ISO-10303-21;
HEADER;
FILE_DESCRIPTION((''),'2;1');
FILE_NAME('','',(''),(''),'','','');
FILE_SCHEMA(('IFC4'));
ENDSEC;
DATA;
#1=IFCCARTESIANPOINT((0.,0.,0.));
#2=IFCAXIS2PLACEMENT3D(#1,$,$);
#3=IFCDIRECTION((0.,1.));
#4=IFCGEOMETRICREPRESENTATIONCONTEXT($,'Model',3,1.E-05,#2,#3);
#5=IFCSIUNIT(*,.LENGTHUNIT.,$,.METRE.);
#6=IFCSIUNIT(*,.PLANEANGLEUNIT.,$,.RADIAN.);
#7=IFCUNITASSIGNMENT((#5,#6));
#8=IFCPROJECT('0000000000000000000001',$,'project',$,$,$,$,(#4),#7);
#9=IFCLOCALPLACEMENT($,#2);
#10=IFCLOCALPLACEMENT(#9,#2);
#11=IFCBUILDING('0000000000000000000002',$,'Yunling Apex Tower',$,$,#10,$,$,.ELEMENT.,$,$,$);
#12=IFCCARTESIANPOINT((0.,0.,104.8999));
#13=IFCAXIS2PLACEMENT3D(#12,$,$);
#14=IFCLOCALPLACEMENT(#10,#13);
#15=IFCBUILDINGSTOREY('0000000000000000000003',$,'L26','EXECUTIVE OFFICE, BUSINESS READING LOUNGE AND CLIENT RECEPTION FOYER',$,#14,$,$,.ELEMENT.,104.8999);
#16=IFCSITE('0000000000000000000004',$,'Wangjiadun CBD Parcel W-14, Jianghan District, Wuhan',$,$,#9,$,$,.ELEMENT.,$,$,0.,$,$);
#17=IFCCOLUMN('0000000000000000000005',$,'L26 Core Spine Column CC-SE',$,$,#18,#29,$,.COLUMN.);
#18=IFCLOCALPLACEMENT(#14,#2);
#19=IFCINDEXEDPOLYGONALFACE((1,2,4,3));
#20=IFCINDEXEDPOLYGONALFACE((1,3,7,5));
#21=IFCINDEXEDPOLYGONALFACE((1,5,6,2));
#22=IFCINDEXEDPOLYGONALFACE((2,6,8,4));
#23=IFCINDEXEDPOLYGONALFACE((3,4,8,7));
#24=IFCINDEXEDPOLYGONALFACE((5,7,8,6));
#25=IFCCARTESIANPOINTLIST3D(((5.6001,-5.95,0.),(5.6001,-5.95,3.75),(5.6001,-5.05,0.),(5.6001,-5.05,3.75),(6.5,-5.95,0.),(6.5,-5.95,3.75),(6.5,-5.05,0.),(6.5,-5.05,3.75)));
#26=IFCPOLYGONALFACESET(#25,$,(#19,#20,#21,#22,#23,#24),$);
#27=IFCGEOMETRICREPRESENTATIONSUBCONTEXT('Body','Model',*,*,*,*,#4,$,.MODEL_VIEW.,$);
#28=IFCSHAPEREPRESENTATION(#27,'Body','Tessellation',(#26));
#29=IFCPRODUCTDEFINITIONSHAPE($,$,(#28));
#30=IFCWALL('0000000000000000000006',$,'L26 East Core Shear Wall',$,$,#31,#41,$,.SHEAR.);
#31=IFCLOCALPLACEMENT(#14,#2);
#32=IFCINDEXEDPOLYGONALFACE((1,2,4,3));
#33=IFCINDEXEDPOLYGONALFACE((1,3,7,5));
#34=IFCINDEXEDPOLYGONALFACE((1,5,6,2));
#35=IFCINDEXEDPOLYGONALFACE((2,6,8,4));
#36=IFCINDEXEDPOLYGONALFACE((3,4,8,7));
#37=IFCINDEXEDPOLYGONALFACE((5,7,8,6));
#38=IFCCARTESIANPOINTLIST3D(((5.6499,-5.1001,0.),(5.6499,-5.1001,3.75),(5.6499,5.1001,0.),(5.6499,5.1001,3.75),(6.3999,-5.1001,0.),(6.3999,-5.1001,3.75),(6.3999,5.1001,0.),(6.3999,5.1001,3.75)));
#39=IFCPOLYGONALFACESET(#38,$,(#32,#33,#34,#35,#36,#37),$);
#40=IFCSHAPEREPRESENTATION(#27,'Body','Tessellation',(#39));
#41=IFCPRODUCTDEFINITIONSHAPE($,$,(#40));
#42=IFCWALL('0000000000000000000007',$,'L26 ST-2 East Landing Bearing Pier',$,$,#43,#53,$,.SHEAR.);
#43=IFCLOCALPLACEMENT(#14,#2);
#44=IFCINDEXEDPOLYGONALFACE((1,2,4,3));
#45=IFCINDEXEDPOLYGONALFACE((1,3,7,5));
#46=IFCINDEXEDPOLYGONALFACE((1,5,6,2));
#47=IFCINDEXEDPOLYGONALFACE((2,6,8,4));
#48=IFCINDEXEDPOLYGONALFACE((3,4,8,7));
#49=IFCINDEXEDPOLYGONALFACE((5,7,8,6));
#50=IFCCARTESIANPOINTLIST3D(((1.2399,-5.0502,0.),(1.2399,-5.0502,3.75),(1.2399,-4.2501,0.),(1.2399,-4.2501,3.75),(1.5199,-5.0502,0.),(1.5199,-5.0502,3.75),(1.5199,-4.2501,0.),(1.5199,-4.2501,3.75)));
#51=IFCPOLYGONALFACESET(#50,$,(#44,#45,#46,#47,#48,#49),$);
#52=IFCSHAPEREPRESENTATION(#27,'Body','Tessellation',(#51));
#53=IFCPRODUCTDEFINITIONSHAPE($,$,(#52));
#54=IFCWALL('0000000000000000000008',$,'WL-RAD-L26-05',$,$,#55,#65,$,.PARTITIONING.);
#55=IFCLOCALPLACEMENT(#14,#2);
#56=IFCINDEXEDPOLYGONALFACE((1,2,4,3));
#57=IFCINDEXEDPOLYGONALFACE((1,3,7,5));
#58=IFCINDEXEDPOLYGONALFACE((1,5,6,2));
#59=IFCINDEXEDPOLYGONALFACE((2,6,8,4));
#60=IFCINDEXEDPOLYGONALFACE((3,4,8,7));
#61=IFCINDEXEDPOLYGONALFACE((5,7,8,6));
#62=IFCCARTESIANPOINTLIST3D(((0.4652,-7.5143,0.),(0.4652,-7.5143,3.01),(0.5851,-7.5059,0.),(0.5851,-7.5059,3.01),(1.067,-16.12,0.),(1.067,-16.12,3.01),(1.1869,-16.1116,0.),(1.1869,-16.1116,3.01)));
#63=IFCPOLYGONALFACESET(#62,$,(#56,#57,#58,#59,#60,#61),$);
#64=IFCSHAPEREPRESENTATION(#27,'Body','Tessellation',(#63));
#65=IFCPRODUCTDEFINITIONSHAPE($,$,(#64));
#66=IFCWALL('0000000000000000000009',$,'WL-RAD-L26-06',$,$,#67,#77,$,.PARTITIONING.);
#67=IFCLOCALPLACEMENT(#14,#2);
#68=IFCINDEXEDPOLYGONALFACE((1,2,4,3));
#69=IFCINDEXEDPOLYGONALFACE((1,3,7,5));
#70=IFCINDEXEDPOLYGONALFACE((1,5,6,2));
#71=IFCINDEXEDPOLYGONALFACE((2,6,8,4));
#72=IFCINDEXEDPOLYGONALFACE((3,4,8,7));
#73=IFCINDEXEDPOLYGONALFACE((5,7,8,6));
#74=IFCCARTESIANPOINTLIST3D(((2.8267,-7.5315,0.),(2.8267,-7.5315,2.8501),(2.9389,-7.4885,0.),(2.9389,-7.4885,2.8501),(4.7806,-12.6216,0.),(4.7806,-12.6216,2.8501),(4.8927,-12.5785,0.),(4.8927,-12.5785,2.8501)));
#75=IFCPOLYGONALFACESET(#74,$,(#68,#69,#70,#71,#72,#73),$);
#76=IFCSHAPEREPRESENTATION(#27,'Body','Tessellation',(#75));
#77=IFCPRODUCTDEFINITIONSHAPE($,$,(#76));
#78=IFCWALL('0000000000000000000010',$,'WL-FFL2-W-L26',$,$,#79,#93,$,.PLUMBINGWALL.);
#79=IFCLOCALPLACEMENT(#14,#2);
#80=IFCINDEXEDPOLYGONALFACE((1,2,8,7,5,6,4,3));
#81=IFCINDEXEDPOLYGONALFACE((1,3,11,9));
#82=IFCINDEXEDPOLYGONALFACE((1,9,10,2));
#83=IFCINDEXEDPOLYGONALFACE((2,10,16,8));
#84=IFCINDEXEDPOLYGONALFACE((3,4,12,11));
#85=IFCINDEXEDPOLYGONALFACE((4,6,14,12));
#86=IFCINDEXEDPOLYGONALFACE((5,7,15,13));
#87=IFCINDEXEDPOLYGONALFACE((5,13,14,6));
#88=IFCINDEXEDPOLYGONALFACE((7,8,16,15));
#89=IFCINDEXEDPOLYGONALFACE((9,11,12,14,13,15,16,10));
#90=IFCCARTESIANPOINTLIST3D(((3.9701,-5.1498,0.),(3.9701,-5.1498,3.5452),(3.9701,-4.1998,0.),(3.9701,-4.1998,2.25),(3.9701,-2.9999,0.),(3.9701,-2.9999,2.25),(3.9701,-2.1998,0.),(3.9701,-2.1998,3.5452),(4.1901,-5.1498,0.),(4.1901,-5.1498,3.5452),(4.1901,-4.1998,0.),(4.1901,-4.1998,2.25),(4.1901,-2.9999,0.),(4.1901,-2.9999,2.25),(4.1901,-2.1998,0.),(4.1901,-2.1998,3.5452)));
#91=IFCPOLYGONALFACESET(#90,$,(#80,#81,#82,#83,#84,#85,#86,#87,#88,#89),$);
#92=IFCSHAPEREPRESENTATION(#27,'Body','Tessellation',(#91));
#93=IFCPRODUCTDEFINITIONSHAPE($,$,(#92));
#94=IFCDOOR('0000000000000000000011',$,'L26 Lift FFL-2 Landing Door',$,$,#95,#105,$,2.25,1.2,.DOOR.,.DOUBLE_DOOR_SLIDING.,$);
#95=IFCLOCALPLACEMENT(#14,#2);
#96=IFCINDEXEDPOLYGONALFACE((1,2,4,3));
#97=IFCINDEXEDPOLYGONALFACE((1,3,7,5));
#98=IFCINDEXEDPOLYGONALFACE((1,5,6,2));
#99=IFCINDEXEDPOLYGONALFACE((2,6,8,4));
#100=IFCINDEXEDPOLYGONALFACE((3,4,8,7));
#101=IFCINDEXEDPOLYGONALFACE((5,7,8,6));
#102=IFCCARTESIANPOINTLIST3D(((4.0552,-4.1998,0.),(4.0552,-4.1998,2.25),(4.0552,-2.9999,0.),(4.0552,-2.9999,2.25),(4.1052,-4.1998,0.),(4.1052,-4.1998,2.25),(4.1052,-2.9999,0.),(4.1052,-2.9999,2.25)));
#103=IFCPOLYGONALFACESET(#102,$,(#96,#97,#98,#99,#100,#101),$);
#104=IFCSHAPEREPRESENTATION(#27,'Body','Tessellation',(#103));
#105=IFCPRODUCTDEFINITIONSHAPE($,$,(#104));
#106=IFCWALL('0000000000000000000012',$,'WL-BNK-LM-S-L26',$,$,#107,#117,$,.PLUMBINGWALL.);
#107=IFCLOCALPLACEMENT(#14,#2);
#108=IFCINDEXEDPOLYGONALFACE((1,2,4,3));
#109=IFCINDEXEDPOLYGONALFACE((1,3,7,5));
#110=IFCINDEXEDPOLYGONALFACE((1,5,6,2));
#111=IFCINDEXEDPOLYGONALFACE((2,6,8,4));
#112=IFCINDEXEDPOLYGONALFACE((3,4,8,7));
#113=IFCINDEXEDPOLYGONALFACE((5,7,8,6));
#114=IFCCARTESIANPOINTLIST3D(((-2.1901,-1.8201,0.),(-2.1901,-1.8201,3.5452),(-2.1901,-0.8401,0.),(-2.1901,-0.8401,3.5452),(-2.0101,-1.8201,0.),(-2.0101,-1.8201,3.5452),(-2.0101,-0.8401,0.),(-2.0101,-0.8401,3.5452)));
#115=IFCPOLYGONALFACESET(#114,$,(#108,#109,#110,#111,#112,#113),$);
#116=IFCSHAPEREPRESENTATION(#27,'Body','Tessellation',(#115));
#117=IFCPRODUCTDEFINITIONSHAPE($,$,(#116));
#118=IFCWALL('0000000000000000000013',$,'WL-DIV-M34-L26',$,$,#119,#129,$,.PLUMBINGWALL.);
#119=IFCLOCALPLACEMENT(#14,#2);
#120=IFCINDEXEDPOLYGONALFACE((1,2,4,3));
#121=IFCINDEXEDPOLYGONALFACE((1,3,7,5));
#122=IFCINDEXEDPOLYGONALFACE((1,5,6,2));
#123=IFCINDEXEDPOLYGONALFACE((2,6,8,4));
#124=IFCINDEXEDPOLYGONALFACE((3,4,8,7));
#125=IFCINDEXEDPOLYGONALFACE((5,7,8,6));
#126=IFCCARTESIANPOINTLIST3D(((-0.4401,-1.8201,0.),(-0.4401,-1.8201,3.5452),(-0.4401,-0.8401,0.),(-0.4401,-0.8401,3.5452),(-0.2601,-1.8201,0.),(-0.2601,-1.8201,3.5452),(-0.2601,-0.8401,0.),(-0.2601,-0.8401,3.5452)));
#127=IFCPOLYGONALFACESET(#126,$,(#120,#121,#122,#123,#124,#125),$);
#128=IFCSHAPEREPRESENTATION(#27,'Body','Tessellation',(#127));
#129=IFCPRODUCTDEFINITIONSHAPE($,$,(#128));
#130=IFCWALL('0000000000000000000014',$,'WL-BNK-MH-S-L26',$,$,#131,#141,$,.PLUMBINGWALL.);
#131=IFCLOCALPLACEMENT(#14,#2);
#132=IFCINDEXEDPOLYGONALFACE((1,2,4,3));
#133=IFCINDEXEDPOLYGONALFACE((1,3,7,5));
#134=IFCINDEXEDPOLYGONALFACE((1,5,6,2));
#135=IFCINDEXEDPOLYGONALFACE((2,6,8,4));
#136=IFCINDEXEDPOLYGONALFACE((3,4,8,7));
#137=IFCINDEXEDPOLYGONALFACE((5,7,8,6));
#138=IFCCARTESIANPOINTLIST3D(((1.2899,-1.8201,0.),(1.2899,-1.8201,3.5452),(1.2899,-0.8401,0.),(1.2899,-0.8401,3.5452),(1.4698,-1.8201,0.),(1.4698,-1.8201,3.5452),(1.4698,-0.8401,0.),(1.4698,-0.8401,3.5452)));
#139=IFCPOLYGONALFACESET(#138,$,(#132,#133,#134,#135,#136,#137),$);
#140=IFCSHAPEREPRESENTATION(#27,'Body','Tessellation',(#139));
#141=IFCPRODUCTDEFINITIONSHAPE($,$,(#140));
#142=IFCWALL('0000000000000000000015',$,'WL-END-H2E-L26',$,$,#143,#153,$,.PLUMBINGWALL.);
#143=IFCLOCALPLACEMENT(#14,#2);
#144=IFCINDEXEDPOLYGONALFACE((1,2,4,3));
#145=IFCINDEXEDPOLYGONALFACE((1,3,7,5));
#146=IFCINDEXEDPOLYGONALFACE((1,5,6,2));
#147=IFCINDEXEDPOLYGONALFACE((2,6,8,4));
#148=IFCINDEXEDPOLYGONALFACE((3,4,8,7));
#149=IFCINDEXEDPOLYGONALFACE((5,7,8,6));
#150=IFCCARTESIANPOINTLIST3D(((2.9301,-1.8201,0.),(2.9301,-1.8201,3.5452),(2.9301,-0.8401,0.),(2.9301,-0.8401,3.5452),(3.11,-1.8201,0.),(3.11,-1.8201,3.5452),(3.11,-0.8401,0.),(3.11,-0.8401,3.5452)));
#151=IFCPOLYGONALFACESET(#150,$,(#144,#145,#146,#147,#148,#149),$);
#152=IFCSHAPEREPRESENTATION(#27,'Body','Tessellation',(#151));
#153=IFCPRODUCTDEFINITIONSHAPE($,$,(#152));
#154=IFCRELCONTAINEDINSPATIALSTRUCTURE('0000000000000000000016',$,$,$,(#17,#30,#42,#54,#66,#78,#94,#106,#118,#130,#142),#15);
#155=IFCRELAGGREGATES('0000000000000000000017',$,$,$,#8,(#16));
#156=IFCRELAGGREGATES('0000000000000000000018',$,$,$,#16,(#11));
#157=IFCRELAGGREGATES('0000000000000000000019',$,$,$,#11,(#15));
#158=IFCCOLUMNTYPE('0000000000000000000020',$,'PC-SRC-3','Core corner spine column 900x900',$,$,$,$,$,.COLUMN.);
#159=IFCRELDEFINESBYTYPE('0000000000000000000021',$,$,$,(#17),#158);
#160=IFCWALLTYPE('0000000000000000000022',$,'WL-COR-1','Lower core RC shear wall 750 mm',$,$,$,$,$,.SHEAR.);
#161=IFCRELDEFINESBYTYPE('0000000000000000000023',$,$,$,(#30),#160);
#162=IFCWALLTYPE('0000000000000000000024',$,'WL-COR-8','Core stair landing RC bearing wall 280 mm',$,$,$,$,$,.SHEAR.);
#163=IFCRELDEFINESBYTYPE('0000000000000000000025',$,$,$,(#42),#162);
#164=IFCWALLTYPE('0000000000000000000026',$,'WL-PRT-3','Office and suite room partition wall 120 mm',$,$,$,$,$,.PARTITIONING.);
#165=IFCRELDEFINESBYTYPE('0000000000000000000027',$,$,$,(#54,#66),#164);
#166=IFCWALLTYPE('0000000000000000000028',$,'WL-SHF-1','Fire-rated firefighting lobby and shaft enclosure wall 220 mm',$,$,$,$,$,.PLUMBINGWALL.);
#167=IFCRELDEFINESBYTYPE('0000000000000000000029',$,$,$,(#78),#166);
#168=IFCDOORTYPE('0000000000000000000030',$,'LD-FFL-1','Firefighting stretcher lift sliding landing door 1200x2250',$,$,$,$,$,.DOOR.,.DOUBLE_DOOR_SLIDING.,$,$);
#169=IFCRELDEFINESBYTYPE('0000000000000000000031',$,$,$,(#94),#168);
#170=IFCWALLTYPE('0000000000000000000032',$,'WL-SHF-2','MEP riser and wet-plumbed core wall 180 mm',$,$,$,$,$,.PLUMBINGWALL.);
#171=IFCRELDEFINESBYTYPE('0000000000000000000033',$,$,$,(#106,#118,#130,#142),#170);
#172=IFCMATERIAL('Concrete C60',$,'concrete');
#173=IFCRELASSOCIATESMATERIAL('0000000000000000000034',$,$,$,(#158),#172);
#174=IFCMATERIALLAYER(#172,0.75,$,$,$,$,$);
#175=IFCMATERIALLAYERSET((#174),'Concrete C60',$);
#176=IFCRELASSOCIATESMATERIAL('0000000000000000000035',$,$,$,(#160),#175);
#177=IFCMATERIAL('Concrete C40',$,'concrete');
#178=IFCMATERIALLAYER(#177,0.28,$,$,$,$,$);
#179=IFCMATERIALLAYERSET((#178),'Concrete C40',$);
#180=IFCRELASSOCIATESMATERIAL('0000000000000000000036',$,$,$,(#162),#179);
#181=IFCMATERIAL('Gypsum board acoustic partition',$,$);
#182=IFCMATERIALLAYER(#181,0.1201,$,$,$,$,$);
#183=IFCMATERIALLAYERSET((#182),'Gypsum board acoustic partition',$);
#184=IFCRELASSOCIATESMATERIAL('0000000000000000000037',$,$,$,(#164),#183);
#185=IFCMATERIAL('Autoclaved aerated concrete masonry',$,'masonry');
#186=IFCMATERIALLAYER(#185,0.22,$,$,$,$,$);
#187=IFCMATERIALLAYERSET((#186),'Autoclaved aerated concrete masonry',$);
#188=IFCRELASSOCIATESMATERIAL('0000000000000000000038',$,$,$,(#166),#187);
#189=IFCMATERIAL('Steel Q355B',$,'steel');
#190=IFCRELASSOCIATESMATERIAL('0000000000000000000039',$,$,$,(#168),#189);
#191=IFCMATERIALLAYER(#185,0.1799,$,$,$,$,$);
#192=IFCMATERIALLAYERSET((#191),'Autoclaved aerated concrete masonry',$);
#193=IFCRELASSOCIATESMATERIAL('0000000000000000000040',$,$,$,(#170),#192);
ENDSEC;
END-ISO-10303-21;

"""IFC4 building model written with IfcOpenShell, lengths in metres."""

from ifc_helpers import new_model, si_unit, direction, frame, frame_2d, origin, origin_2d, place, context, subcontext, project, spatial, rectangle, extrude, source, transform, mapped, material, layer, layer_set, material_profile, profile_set, type_object, element, fill, save


model = new_model("IFC4")

# Units and contexts
model_context = context("Model", 3, precision=1e-05, world=origin(), true_north=direction((0.0, 1.0)))
body_context = subcontext(model_context, "Body", "Model", "MODEL_VIEW")
ifc_project = project(units=[si_unit("LENGTHUNIT", "METRE"), si_unit("PLANEANGLEUNIT", "RADIAN")], contexts=[model_context])

# Site, building, storey
site_placement = place(None, origin())
site = spatial("IfcSite", under=ifc_project, at=site_placement, Name="Wangjiadun CBD Parcel W-14, Jianghan District, Wuhan", CompositionType="ELEMENT", RefElevation=0.0)
building_placement = place(site_placement, origin())
building = spatial("IfcBuilding", under=site, at=building_placement, Name="Yunling Apex Tower", CompositionType="ELEMENT")
storey_placement = place(building_placement, frame((0.0, 0.0, 104.8999)))
storey = spatial("IfcBuildingStorey", under=building, at=storey_placement, Name="L26", Description="EXECUTIVE OFFICE, BUSINESS READING LOUNGE AND CLIENT RECEPTION FOYER", CompositionType="ELEMENT", Elevation=104.8999)

# Column
ifc_material_1 = material(Name="Concrete C60", Category="concrete")
ifc_material_profile = material_profile(ifc_material_1, rectangle(XDim=0.8999, YDim=0.8999, at=origin_2d()))
ifc_profile_set = profile_set([ifc_material_profile], Name="Concrete C60")
column_type = type_object("IfcColumnType", Name="PC-SRC-3", Description="Core corner spine column 900x900", PredefinedType="COLUMN", material=ifc_profile_set)
shared_shape = source(origin(), body_context, "Body", "SweptSolid", [
    extrude(rectangle(XDim=0.8999, YDim=0.8999, at=origin_2d()), origin(), (0.0, 0.0, 1.0), 3.75),
])
column_placement = place(storey_placement, frame((6.05, -5.5, 0.0), z_axis=(0.0, 0.0, 1.0), x_axis=(1.0, 0.0, 0.0)))
element("IfcColumn", 1, at=column_placement, inside=storey, type_object=column_type, Name="L26 Core Spine Column CC-SE", PredefinedType="COLUMN", context=body_context, shape_type="MappedRepresentation", body=[
    mapped(shared_shape, transform((0.0, 0.0, 0.0), scale=1.0)),
])

# Walls
ifc_layer_1 = layer(ifc_material_1, 0.75)
ifc_layer_set_1 = layer_set([ifc_layer_1], Name="Concrete C60")
wall_type_1 = type_object("IfcWallType", Name="WL-COR-1", Description="Lower core RC shear wall 750 mm", PredefinedType="SHEAR", material=ifc_layer_set_1)
wall_1_placement = place(storey_placement, frame((6.0249, -5.1001, 0.0), z_axis=(0.0, 0.0, 1.0), x_axis=(0.0, 1.0, 0.0)))
element("IfcWall", 2, at=wall_1_placement, inside=storey, type_object=wall_type_1, Name="L26 East Core Shear Wall", PredefinedType="SHEAR", context=body_context, shape_type="SweptSolid", body=[
    extrude(rectangle(XDim=10.2002, YDim=0.75, at=frame_2d((5.1001, 0.0))), origin(), (0.0, 0.0, 1.0), 3.75),
])
ifc_material_2 = material(Name="Concrete C40", Category="concrete")
ifc_layer_2 = layer(ifc_material_2, 0.28)
ifc_layer_set_2 = layer_set([ifc_layer_2], Name="Concrete C40")
wall_type_2 = type_object("IfcWallType", Name="WL-COR-8", Description="Core stair landing RC bearing wall 280 mm", PredefinedType="SHEAR", material=ifc_layer_set_2)
wall_2_placement = place(storey_placement, frame((1.3799, -5.05, 0.0), z_axis=(0.0, 0.0, 1.0), x_axis=(0.0, 1.0, 0.0)))
element("IfcWall", 3, at=wall_2_placement, inside=storey, type_object=wall_type_2, Name="L26 ST-2 East Landing Bearing Pier", PredefinedType="SHEAR", context=body_context, shape_type="SweptSolid", body=[
    extrude(rectangle(XDim=0.8, YDim=0.28, at=frame_2d((0.3999, 0.0))), origin(), (0.0, 0.0, 1.0), 3.75),
])
ifc_material_3 = material(Name="Gypsum board acoustic partition")
ifc_layer_3 = layer(ifc_material_3, 0.1201)
ifc_layer_set_3 = layer_set([ifc_layer_3], Name="Gypsum board acoustic partition")
wall_type_3 = type_object("IfcWallType", Name="WL-PRT-3", Description="Office and suite room partition wall 120 mm", PredefinedType="PARTITIONING", material=ifc_layer_set_3)
wall_3_placement = place(storey_placement, frame((0.5251, -7.51, 0.0), z_axis=(0.0, 0.0, 1.0), x_axis=(0.069761, -0.997564, 0.0)))
element("IfcWall", 4, at=wall_3_placement, inside=storey, type_object=wall_type_3, Name="WL-RAD-L26-05", PredefinedType="PARTITIONING", context=body_context, shape_type="SweptSolid", body=[
    extrude(rectangle(XDim=8.6267, YDim=0.1201, at=frame_2d((4.3135, 0.0))), origin(), (0.0, 0.0, 1.0), 3.01),
])
wall_4_placement = place(storey_placement, frame((2.8828, -7.51, 0.0), z_axis=(0.0, 0.0, 1.0), x_axis=(0.358361, -0.933583, 0.0)))
element("IfcWall", 5, at=wall_4_placement, inside=storey, type_object=wall_type_3, Name="WL-RAD-L26-06", PredefinedType="PARTITIONING", context=body_context, shape_type="SweptSolid", body=[
    extrude(rectangle(XDim=5.4521, YDim=0.1201, at=frame_2d((2.7261, 0.0))), origin(), (0.0, 0.0, 1.0), 2.8501),
])

# Wall, opening, door
ifc_material_4 = material(Name="Autoclaved aerated concrete masonry", Category="masonry")
ifc_layer_4 = layer(ifc_material_4, 0.22)
ifc_layer_set_4 = layer_set([ifc_layer_4], Name="Autoclaved aerated concrete masonry")
wall_type_4 = type_object("IfcWallType", Name="WL-SHF-1", Description="Fire-rated firefighting lobby and shaft enclosure wall 220 mm", PredefinedType="PLUMBINGWALL", material=ifc_layer_set_4)
ifc_material_5 = material(Name="Steel Q355B", Category="steel")
wall_5_placement = place(storey_placement, frame((4.0801, -5.1499, 0.0), z_axis=(0.0, 0.0, 1.0), x_axis=(0.0, 1.0, 0.0)))
wall_5 = element("IfcWall", 6, at=wall_5_placement, inside=storey, type_object=wall_type_4, Name="WL-FFL2-W-L26", PredefinedType="PLUMBINGWALL", context=body_context, shape_type="SweptSolid", body=[
    extrude(rectangle(XDim=2.95, YDim=0.22, at=frame_2d((1.4751, 0.0))), origin(), (0.0, 0.0, 1.0), 3.5452),
])
opening_1_placement = place(wall_5_placement, frame((0.95, 0.0, 0.0)))
opening_1 = element("IfcOpeningElement", 7, at=opening_1_placement, cuts=wall_5, PredefinedType="OPENING", context=body_context, shape_type="SweptSolid", body=[
    extrude(rectangle(XDim=1.2, YDim=2.25, at=frame_2d((0.6001, 1.125))), frame((0.0, 0.1201, 0.0), z_axis=(0.0, -1.0, 0.0), x_axis=(1.0, 0.0, 0.0)), (0.0, 0.0, 1.0), 0.24),
])
door_type_1 = type_object("IfcDoorType", Name="LD-FFL-1", Description="Firefighting stretcher lift sliding landing door 1200x2250", OperationType="DOUBLE_DOOR_SLIDING", PredefinedType="DOOR", material=ifc_material_5)
door_1_placement = place(opening_1_placement, origin())
door_1 = element("IfcDoor", 8, at=door_1_placement, inside=storey, type_object=door_type_1, Name="L26 Lift FFL-2 Landing Door", OperationType="DOUBLE_DOOR_SLIDING", OverallHeight=2.25, OverallWidth=1.2, PredefinedType="DOOR", context=body_context, shape_type="SweptSolid", body=[
    extrude(rectangle(XDim=1.2, YDim=2.25, at=frame_2d((0.6001, 1.125))), frame((0.0, 0.0249, 0.0), z_axis=(0.0, -1.0, 0.0), x_axis=(1.0, 0.0, 0.0)), (0.0, 0.0, 1.0), 0.05),
])
fill(opening_1, door_1)

# Walls
ifc_layer_5 = layer(ifc_material_4, 0.1799)
ifc_layer_set_5 = layer_set([ifc_layer_5], Name="Autoclaved aerated concrete masonry")
wall_type_5 = type_object("IfcWallType", Name="WL-SHF-2", Description="MEP riser and wet-plumbed core wall 180 mm", PredefinedType="PLUMBINGWALL", material=ifc_layer_set_5)
for number, where, z_axis, x_axis, name in (
    (9, (-2.1001, -1.8201, 0.0), (0.0, 0.0, 1.0), (0.0, 1.0, 0.0), "WL-BNK-LM-S-L26"),
    (10, (-0.3501, -1.8201, 0.0), (0.0, 0.0, 1.0), (0.0, 1.0, 0.0), "WL-DIV-M34-L26"),
    (11, (1.3799, -1.8201, 0.0), (0.0, 0.0, 1.0), (0.0, 1.0, 0.0), "WL-BNK-MH-S-L26"),
    (12, (3.02, -1.8201, 0.0), (0.0, 0.0, 1.0), (0.0, 1.0, 0.0), "WL-END-H2E-L26"),
):
    element("IfcWall", number, at=place(storey_placement, frame(where, z_axis=z_axis, x_axis=x_axis)), inside=storey, type_object=wall_type_5, Name=name, PredefinedType="PLUMBINGWALL", context=body_context, shape_type="SweptSolid", body=[
        extrude(rectangle(XDim=0.98, YDim=0.1799, at=frame_2d((0.49, 0.0))), origin(), (0.0, 0.0, 1.0), 3.5452),
    ])

save(model, "model.ifc")
